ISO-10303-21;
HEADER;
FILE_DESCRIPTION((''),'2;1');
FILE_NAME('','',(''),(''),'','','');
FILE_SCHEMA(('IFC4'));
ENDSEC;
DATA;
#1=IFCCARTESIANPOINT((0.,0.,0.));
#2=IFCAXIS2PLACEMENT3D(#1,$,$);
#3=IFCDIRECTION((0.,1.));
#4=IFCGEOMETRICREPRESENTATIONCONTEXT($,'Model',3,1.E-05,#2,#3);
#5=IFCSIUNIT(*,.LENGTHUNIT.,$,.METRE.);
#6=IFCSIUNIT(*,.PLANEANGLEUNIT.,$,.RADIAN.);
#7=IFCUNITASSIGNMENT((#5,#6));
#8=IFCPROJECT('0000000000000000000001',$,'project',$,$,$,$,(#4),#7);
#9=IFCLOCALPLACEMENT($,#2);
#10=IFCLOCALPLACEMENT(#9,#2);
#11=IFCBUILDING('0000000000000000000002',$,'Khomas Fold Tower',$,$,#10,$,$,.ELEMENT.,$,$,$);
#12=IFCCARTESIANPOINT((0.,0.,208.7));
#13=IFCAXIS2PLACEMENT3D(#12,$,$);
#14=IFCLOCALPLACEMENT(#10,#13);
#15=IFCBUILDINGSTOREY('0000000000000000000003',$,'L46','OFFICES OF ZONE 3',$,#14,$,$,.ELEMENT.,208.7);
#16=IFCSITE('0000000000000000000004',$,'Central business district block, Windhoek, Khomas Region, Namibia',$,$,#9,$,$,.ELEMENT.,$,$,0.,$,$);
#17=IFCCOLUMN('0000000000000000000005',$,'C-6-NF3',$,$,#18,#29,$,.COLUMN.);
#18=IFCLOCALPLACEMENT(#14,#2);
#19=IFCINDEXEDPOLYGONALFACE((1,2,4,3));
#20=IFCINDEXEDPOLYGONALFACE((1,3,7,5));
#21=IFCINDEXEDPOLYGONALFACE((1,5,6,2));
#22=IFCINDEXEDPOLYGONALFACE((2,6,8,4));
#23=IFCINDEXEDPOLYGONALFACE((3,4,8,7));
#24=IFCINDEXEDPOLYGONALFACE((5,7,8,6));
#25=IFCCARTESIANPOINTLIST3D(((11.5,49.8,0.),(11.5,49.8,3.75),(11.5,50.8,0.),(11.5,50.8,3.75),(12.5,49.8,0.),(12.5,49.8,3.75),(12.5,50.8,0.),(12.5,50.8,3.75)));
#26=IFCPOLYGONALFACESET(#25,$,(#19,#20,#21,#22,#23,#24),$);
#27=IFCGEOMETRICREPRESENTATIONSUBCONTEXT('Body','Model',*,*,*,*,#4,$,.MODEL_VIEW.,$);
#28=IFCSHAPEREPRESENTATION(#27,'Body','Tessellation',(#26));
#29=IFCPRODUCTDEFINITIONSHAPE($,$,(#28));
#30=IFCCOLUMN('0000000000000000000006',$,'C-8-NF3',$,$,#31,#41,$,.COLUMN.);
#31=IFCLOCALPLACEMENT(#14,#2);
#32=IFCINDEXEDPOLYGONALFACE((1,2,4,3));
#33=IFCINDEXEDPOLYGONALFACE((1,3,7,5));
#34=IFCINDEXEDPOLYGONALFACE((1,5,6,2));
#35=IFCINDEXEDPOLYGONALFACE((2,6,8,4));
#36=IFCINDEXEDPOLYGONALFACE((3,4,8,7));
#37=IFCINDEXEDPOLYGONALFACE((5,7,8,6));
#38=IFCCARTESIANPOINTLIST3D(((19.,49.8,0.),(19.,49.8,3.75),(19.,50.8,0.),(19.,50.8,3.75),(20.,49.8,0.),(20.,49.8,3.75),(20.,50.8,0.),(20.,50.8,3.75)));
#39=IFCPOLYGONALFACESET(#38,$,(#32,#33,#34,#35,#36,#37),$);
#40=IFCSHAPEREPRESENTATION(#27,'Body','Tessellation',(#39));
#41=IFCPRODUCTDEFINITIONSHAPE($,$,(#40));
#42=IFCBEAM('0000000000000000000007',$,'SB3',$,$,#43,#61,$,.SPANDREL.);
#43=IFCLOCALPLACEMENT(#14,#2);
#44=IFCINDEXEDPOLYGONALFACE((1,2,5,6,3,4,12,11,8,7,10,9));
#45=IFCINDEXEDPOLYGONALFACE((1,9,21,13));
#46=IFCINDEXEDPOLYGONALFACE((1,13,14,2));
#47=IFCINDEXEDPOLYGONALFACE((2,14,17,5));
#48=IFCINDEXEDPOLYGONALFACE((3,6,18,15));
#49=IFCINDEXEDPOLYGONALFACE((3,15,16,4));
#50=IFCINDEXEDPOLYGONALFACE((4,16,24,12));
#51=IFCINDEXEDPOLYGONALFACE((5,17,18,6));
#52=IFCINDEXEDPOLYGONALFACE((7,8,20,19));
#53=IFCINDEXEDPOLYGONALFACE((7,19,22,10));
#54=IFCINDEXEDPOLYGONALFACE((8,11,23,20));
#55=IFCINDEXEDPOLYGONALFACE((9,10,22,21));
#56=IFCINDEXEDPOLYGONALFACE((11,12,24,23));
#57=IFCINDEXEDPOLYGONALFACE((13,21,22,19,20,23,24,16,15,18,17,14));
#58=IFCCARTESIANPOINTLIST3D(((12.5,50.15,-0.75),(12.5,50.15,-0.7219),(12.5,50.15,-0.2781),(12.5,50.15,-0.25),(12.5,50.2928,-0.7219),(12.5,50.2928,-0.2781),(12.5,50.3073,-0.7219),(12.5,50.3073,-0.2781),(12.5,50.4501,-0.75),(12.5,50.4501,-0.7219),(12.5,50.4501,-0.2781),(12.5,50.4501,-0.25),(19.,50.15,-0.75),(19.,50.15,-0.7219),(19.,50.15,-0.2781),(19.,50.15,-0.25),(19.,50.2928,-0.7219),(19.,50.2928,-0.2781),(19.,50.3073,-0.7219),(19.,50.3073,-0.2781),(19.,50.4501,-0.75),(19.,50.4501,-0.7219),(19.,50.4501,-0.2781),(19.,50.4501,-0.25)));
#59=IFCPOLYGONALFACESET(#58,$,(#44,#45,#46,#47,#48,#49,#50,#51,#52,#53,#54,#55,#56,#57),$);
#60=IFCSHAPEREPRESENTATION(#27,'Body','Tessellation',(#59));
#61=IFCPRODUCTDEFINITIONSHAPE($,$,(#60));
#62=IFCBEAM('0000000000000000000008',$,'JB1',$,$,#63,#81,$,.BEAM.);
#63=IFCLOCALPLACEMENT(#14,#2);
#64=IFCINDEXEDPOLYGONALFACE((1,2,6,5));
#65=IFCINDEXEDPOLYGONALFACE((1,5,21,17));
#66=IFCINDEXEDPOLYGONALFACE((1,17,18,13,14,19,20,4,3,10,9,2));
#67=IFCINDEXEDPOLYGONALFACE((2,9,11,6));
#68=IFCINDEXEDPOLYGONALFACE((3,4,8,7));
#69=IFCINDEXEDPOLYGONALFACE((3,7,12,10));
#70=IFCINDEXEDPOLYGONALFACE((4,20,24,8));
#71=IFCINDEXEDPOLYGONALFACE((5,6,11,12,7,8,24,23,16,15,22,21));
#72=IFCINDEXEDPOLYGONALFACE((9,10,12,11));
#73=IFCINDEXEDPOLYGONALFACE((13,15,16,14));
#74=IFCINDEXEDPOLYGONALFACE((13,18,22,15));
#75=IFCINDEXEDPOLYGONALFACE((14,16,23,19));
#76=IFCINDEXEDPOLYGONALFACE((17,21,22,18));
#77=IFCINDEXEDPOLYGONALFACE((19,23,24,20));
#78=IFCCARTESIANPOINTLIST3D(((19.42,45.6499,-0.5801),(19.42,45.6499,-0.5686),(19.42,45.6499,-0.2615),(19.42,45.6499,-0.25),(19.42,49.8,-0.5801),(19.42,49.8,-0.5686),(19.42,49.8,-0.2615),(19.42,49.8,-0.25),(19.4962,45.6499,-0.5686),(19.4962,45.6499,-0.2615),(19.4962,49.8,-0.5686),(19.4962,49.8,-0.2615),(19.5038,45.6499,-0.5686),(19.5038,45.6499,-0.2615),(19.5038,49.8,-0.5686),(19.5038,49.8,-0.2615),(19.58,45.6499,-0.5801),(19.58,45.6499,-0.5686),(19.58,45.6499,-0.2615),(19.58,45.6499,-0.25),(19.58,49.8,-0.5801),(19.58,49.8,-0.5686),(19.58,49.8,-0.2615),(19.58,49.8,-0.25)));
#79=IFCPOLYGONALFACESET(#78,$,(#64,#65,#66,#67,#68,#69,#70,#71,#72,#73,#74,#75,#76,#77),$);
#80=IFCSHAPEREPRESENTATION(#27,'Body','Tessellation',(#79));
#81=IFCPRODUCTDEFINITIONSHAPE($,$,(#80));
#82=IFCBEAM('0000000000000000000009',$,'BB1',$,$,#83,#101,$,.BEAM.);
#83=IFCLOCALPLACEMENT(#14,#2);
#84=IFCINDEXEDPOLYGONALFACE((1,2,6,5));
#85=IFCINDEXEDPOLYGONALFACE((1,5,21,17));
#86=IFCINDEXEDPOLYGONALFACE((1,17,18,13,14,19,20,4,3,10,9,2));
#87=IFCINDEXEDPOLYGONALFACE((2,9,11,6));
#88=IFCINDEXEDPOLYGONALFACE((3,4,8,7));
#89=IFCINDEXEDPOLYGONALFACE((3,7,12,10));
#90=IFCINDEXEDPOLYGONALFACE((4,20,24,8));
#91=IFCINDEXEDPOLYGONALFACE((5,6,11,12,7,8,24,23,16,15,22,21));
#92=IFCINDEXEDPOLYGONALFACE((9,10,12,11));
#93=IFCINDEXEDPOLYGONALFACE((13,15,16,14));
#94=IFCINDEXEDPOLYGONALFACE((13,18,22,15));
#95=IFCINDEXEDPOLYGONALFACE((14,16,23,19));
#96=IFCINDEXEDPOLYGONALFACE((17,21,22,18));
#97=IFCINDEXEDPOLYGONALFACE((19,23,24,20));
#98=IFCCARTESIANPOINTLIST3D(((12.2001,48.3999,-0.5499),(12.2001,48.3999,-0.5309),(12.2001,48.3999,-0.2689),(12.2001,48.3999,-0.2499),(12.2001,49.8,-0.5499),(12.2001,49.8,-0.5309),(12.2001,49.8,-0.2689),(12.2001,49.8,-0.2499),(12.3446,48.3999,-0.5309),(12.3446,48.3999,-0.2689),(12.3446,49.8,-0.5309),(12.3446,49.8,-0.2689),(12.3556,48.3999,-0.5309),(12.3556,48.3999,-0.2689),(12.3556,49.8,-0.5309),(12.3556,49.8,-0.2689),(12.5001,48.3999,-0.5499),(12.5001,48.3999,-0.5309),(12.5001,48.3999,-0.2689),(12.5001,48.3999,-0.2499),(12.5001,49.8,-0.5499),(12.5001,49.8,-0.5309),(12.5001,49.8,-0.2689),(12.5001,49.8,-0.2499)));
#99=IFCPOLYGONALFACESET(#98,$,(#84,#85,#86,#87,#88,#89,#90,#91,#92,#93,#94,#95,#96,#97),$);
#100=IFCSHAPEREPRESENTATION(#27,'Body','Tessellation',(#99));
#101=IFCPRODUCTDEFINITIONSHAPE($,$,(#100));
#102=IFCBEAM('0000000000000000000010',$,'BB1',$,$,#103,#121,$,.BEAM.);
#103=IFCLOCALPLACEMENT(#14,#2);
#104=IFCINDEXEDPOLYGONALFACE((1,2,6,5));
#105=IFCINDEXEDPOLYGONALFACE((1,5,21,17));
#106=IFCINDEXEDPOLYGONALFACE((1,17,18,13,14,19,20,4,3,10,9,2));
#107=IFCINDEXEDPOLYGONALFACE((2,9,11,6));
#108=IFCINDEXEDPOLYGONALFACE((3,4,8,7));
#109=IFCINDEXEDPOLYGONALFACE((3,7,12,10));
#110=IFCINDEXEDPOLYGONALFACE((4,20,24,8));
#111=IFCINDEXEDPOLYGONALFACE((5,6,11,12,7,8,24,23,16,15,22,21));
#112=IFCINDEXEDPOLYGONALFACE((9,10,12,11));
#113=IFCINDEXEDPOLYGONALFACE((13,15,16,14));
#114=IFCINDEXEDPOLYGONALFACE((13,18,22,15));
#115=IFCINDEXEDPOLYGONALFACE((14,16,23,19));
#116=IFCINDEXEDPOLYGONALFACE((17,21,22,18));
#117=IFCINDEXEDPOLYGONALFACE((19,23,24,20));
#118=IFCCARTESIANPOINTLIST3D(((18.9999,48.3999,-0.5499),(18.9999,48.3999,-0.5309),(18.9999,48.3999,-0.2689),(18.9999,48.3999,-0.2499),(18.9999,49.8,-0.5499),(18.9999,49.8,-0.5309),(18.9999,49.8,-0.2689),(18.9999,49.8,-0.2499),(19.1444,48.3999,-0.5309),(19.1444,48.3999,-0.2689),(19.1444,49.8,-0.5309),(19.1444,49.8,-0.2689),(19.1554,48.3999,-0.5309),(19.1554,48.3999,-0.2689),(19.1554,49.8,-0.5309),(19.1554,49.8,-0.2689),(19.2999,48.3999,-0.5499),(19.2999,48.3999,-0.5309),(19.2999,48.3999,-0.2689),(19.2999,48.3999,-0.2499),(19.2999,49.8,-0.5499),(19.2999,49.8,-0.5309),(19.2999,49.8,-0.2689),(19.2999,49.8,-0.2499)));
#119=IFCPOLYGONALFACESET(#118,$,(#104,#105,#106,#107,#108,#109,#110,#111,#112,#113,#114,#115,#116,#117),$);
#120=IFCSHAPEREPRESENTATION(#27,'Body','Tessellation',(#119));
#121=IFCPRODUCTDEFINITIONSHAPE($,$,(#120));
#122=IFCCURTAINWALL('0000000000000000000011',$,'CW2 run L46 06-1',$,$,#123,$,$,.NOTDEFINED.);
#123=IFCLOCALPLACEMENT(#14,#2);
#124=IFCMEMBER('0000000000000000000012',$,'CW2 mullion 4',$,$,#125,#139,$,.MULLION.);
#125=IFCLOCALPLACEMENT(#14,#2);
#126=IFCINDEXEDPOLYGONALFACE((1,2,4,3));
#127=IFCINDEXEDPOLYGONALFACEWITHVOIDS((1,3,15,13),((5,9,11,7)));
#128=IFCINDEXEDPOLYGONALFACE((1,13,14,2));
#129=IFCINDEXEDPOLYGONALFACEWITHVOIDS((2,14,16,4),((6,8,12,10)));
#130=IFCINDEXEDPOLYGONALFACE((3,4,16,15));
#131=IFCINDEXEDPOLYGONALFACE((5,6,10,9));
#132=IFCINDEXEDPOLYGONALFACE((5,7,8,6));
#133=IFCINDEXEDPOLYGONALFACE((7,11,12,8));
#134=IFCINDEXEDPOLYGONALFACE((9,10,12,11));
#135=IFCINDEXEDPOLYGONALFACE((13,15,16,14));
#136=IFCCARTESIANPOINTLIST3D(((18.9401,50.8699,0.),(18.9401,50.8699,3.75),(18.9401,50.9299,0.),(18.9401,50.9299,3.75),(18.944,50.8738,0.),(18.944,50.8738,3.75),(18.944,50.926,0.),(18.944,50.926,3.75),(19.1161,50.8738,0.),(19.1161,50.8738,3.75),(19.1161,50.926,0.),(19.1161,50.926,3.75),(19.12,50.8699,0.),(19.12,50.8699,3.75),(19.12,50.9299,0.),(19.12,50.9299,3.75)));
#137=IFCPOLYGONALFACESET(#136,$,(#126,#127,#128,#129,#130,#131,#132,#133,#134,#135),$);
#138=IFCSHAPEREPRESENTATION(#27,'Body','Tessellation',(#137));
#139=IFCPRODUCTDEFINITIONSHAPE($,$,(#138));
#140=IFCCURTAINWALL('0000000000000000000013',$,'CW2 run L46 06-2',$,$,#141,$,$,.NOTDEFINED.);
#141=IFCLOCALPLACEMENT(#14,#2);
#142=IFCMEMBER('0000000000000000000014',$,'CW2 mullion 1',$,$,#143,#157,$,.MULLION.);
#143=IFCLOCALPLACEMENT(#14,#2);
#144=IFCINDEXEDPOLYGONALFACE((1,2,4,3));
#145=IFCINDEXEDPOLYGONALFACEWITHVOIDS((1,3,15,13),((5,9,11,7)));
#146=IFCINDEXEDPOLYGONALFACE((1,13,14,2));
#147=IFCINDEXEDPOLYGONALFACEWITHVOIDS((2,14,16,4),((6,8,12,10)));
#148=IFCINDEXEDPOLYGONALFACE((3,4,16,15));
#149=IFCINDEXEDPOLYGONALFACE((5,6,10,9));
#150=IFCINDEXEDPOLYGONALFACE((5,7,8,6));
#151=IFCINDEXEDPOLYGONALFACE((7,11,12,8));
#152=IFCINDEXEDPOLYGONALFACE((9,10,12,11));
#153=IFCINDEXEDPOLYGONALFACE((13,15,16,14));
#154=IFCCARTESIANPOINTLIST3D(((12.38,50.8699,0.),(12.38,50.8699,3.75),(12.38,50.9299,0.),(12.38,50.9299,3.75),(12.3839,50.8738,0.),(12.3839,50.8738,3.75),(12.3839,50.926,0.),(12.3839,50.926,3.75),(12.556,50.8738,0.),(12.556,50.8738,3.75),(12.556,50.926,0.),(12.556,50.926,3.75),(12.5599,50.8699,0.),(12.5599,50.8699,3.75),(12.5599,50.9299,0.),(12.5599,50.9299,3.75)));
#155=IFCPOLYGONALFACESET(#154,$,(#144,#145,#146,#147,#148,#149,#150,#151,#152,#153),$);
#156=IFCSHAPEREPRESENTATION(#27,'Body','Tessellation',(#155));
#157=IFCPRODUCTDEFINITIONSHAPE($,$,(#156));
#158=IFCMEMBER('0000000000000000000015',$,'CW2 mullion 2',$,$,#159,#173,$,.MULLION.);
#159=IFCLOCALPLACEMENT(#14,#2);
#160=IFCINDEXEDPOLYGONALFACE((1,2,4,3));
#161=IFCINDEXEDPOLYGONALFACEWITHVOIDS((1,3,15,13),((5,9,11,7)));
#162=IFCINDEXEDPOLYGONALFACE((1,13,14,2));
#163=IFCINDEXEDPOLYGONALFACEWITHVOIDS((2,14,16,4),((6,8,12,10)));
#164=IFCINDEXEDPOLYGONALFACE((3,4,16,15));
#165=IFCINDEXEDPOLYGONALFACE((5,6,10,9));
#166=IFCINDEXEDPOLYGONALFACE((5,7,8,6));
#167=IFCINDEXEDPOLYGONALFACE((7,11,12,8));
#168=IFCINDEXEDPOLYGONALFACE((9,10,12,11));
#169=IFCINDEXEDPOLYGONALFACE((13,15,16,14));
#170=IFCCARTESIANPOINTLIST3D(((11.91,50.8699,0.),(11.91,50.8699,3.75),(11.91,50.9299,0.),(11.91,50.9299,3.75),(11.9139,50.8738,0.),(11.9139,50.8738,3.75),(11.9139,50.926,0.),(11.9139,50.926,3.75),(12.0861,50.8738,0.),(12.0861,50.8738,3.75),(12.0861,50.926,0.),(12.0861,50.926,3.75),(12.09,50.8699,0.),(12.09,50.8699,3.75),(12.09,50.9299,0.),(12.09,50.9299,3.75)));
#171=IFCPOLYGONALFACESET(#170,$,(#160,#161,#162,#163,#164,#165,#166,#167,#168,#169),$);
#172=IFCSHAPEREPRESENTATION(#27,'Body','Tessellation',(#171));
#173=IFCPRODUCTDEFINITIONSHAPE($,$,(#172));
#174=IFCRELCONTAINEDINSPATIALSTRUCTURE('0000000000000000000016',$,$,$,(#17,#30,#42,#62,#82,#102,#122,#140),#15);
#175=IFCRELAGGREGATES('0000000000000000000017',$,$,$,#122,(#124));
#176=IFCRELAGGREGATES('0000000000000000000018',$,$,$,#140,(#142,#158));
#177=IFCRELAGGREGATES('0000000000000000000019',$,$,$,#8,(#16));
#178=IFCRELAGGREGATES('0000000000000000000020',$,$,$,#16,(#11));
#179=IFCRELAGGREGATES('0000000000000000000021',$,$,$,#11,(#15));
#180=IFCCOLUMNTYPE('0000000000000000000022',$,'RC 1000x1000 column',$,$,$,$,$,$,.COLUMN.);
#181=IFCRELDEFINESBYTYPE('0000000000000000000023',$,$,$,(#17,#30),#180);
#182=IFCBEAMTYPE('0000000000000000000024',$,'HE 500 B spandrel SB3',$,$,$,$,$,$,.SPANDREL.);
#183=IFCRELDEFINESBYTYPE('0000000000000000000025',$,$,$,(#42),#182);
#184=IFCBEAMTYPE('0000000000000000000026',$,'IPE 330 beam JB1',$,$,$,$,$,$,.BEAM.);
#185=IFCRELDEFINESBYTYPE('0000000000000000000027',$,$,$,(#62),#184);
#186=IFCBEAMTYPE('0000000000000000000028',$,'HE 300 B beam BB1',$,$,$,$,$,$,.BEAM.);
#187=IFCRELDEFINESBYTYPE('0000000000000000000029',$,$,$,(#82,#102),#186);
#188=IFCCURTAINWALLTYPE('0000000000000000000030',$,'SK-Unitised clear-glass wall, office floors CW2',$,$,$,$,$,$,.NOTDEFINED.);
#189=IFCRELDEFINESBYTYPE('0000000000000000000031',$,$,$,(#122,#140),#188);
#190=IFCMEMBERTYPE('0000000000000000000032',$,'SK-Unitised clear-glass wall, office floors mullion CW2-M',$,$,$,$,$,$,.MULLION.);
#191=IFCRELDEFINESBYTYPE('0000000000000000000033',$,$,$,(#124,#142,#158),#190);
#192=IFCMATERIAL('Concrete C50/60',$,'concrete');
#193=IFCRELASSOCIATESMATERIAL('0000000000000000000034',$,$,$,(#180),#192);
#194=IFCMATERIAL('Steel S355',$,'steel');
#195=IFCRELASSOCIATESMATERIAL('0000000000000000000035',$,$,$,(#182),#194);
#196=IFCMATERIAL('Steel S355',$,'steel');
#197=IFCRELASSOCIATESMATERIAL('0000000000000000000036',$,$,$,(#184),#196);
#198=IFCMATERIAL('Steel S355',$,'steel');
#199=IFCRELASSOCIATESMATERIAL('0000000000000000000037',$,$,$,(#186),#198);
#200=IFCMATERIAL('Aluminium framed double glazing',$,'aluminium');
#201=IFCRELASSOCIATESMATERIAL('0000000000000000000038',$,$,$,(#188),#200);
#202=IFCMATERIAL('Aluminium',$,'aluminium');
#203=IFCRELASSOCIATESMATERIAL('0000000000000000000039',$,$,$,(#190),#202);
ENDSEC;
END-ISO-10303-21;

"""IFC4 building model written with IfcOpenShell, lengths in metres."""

from ifc_helpers import new_model, si_unit, direction, frame, origin, origin_2d, place, context, subcontext, project, spatial, rectangle, hollow_rectangle, i_section, extrude, source, transform, mapped, material, material_profile, profile_set, type_object, element, aggregate, save


model = new_model("IFC4")

# Units and contexts
model_context = context("Model", 3, precision=1e-05, world=origin(), true_north=direction((0.0, 1.0)))
body_context = subcontext(model_context, "Body", "Model", "MODEL_VIEW")
ifc_project = project(units=[si_unit("LENGTHUNIT", "METRE"), si_unit("PLANEANGLEUNIT", "RADIAN")], contexts=[model_context])

# Site, building, storey
site_placement = place(None, origin())
site = spatial("IfcSite", under=ifc_project, at=site_placement, Name="Central business district block, Windhoek, Khomas Region, Namibia", CompositionType="ELEMENT", RefElevation=0.0)
building_placement = place(site_placement, origin())
building = spatial("IfcBuilding", under=site, at=building_placement, Name="Khomas Fold Tower", CompositionType="ELEMENT")
storey_placement = place(building_placement, frame((0.0, 0.0, 208.7)))
storey = spatial("IfcBuildingStorey", under=building, at=storey_placement, Name="L46", Description="OFFICES OF ZONE 3", CompositionType="ELEMENT", Elevation=208.7)

# Columns
ifc_material_1 = material(Name="Concrete C50/60", Category="concrete")
ifc_material_profile_1 = material_profile(ifc_material_1, rectangle(XDim=1.0, YDim=1.0, at=origin_2d()), Name="RC 1000x1000")
ifc_profile_set_1 = profile_set([ifc_material_profile_1], Name="Concrete C50/60")
column_type = type_object("IfcColumnType", Name="RC 1000x1000 column", PredefinedType="COLUMN", material=ifc_profile_set_1)
shared_shape_1 = source(origin(), body_context, "Body", "SweptSolid", [
    extrude(rectangle(XDim=1.0, YDim=1.0, at=origin_2d()), origin(), (0.0, 0.0, 1.0), 3.75),
])
for number, where, z_axis, x_axis, name in (
    (1, (12.0, 50.3, 0.0), (0.0, 0.0, 1.0), (1.0, 0.0, 0.0), "C-6-NF3"),
    (2, (19.5, 50.3, 0.0), (0.0, 0.0, 1.0), (1.0, 0.0, 0.0), "C-8-NF3"),
):
    element("IfcColumn", number, at=place(storey_placement, frame(where, z_axis=z_axis, x_axis=x_axis)), inside=storey, type_object=column_type, Name=name, PredefinedType="COLUMN", context=body_context, shape_type="MappedRepresentation", body=[
        mapped(shared_shape_1, transform((0.0, 0.0, 0.0))),
    ])

# Beams
ifc_material_2 = material(Name="Steel S355", Category="steel")
ifc_material_profile_2 = material_profile(ifc_material_2, i_section(OverallWidth=0.3, OverallDepth=0.5, WebThickness=0.0144, FlangeThickness=0.0281, at=origin_2d()), Name="HE 500 B")
ifc_profile_set_2 = profile_set([ifc_material_profile_2], Name="Steel S355")
beam_type_1 = type_object("IfcBeamType", Name="HE 500 B spandrel SB3", PredefinedType="SPANDREL", material=ifc_profile_set_2)
shared_shape_2 = source(origin(), body_context, "Body", "SweptSolid", [
    extrude(i_section(OverallWidth=0.3, OverallDepth=0.5, WebThickness=0.0144, FlangeThickness=0.0281, at=origin_2d()), origin(), (0.0, 0.0, 1.0), 6.5),
])
beam_1_placement = place(storey_placement, frame((12.5, 50.3, -0.5), z_axis=(1.0, 0.0, 0.0), x_axis=(0.0, 1.0, 0.0)))
element("IfcBeam", 3, at=beam_1_placement, inside=storey, type_object=beam_type_1, Name="SB3", PredefinedType="SPANDREL", context=body_context, shape_type="MappedRepresentation", body=[
    mapped(shared_shape_2, transform((0.0, 0.0, 0.0))),
])
ifc_material_3 = material(Name="Steel S355", Category="steel")
ifc_material_profile_3 = material_profile(ifc_material_3, i_section(OverallWidth=0.1599, OverallDepth=0.3301, WebThickness=0.0076, FlangeThickness=0.0115, at=origin_2d()), Name="IPE 330")
ifc_profile_set_3 = profile_set([ifc_material_profile_3], Name="Steel S355")
beam_type_2 = type_object("IfcBeamType", Name="IPE 330 beam JB1", PredefinedType="BEAM", material=ifc_profile_set_3)
shared_shape_3 = source(origin(), body_context, "Body", "SweptSolid", [
    extrude(i_section(OverallWidth=0.1599, OverallDepth=0.3301, WebThickness=0.0076, FlangeThickness=0.0115, at=origin_2d()), origin(), (0.0, 0.0, 1.0), 4.1501),
])
beam_2_placement = place(storey_placement, frame((19.5, 45.6499, -0.415), z_axis=(0.0, 1.0, 0.0), x_axis=(-1.0, 0.0, 0.0)))
element("IfcBeam", 4, at=beam_2_placement, inside=storey, type_object=beam_type_2, Name="JB1", PredefinedType="BEAM", context=body_context, shape_type="MappedRepresentation", body=[
    mapped(shared_shape_3, transform((0.0, 0.0, 0.0))),
])
ifc_material_4 = material(Name="Steel S355", Category="steel")
ifc_material_profile_4 = material_profile(ifc_material_4, i_section(OverallWidth=0.3, OverallDepth=0.3, WebThickness=0.011, FlangeThickness=0.019, at=origin_2d()), Name="HE 300 B")
ifc_profile_set_4 = profile_set([ifc_material_profile_4], Name="Steel S355")
beam_type_3 = type_object("IfcBeamType", Name="HE 300 B beam BB1", PredefinedType="BEAM", material=ifc_profile_set_4)
shared_shape_4 = source(origin(), body_context, "Body", "SweptSolid", [
    extrude(i_section(OverallWidth=0.3, OverallDepth=0.3, WebThickness=0.011, FlangeThickness=0.019, at=origin_2d()), origin(), (0.0, 0.0, 1.0), 1.4001),
])
for number, where, z_axis, x_axis, name in (
    (5, (12.3501, 48.3999, -0.3999), (0.0, 1.0, 0.0), (-1.0, 0.0, 0.0), "BB1"),
    (6, (19.1499, 48.3999, -0.3999), (0.0, 1.0, 0.0), (-1.0, 0.0, 0.0), "BB1"),
):
    element("IfcBeam", number, at=place(storey_placement, frame(where, z_axis=z_axis, x_axis=x_axis)), inside=storey, type_object=beam_type_3, Name=name, PredefinedType="BEAM", context=body_context, shape_type="MappedRepresentation", body=[
        mapped(shared_shape_4, transform((0.0, 0.0, 0.0))),
    ])

# Curtain wall, member
ifc_material_5 = material(Name="Aluminium framed double glazing", Category="aluminium")
curtain_wall_type = type_object("IfcCurtainWallType", Name="SK-Unitised clear-glass wall, office floors CW2", PredefinedType="NOTDEFINED", material=ifc_material_5)
curtain_wall_1_placement = place(storey_placement, origin())
curtain_wall_1 = element("IfcCurtainWall", 7, at=curtain_wall_1_placement, inside=storey, type_object=curtain_wall_type, Name="CW2 run L46 06-1", PredefinedType="NOTDEFINED")
ifc_material_6 = material(Name="Aluminium", Category="aluminium")
ifc_material_profile_5 = material_profile(ifc_material_6, hollow_rectangle(XDim=0.0601, YDim=0.1799, WallThickness=0.0039, at=origin_2d()), Name="SK-Unitised clear-glass wall, office floors mullion CW2-M")
ifc_profile_set_5 = profile_set([ifc_material_profile_5], Name="Aluminium")
member_type_1 = type_object("IfcMemberType", Name="SK-Unitised clear-glass wall, office floors mullion CW2-M", PredefinedType="MULLION", material=ifc_profile_set_5)
shared_shape_5 = source(origin(), body_context, "Body", "SweptSolid", [
    extrude(hollow_rectangle(XDim=0.0601, YDim=0.1799, WallThickness=0.0039, at=origin_2d()), origin(), (0.0, 0.0, 1.0), 3.75),
])
member_1_placement = place(storey_placement, frame((19.03, 50.8999, 0.0), z_axis=(0.0, 0.0, 1.0), x_axis=(0.0, -1.0, 0.0)))
member_1 = element("IfcMember", 8, at=member_1_placement, type_object=member_type_1, Name="CW2 mullion 4", PredefinedType="MULLION", context=body_context, shape_type="MappedRepresentation", body=[
    mapped(shared_shape_5, transform((0.0, 0.0, 0.0))),
])

# Curtain wall, members
curtain_wall_2_placement = place(storey_placement, origin())
curtain_wall_2 = element("IfcCurtainWall", 9, at=curtain_wall_2_placement, inside=storey, type_object=curtain_wall_type, Name="CW2 run L46 06-2", PredefinedType="NOTDEFINED")
member_2_placement = place(storey_placement, frame((12.47, 50.8999, 0.0), z_axis=(0.0, 0.0, 1.0), x_axis=(0.0, -1.0, 0.0)))
member_2 = element("IfcMember", 10, at=member_2_placement, type_object=member_type_1, Name="CW2 mullion 1", PredefinedType="MULLION", context=body_context, shape_type="MappedRepresentation", body=[
    mapped(shared_shape_5, transform((0.0, 0.0, 0.0))),
])
member_3_placement = place(storey_placement, frame((12.0, 50.8999, 0.0), z_axis=(0.0, 0.0, 1.0), x_axis=(0.0, -1.0, 0.0)))
member_3 = element("IfcMember", 11, at=member_3_placement, type_object=member_type_1, Name="CW2 mullion 2", PredefinedType="MULLION", context=body_context, shape_type="MappedRepresentation", body=[
    mapped(shared_shape_5, transform((0.0, 0.0, 0.0))),
])

aggregate(curtain_wall_1, [member_1])
aggregate(curtain_wall_2, [member_2, member_3])

save(model, "model.ifc")
